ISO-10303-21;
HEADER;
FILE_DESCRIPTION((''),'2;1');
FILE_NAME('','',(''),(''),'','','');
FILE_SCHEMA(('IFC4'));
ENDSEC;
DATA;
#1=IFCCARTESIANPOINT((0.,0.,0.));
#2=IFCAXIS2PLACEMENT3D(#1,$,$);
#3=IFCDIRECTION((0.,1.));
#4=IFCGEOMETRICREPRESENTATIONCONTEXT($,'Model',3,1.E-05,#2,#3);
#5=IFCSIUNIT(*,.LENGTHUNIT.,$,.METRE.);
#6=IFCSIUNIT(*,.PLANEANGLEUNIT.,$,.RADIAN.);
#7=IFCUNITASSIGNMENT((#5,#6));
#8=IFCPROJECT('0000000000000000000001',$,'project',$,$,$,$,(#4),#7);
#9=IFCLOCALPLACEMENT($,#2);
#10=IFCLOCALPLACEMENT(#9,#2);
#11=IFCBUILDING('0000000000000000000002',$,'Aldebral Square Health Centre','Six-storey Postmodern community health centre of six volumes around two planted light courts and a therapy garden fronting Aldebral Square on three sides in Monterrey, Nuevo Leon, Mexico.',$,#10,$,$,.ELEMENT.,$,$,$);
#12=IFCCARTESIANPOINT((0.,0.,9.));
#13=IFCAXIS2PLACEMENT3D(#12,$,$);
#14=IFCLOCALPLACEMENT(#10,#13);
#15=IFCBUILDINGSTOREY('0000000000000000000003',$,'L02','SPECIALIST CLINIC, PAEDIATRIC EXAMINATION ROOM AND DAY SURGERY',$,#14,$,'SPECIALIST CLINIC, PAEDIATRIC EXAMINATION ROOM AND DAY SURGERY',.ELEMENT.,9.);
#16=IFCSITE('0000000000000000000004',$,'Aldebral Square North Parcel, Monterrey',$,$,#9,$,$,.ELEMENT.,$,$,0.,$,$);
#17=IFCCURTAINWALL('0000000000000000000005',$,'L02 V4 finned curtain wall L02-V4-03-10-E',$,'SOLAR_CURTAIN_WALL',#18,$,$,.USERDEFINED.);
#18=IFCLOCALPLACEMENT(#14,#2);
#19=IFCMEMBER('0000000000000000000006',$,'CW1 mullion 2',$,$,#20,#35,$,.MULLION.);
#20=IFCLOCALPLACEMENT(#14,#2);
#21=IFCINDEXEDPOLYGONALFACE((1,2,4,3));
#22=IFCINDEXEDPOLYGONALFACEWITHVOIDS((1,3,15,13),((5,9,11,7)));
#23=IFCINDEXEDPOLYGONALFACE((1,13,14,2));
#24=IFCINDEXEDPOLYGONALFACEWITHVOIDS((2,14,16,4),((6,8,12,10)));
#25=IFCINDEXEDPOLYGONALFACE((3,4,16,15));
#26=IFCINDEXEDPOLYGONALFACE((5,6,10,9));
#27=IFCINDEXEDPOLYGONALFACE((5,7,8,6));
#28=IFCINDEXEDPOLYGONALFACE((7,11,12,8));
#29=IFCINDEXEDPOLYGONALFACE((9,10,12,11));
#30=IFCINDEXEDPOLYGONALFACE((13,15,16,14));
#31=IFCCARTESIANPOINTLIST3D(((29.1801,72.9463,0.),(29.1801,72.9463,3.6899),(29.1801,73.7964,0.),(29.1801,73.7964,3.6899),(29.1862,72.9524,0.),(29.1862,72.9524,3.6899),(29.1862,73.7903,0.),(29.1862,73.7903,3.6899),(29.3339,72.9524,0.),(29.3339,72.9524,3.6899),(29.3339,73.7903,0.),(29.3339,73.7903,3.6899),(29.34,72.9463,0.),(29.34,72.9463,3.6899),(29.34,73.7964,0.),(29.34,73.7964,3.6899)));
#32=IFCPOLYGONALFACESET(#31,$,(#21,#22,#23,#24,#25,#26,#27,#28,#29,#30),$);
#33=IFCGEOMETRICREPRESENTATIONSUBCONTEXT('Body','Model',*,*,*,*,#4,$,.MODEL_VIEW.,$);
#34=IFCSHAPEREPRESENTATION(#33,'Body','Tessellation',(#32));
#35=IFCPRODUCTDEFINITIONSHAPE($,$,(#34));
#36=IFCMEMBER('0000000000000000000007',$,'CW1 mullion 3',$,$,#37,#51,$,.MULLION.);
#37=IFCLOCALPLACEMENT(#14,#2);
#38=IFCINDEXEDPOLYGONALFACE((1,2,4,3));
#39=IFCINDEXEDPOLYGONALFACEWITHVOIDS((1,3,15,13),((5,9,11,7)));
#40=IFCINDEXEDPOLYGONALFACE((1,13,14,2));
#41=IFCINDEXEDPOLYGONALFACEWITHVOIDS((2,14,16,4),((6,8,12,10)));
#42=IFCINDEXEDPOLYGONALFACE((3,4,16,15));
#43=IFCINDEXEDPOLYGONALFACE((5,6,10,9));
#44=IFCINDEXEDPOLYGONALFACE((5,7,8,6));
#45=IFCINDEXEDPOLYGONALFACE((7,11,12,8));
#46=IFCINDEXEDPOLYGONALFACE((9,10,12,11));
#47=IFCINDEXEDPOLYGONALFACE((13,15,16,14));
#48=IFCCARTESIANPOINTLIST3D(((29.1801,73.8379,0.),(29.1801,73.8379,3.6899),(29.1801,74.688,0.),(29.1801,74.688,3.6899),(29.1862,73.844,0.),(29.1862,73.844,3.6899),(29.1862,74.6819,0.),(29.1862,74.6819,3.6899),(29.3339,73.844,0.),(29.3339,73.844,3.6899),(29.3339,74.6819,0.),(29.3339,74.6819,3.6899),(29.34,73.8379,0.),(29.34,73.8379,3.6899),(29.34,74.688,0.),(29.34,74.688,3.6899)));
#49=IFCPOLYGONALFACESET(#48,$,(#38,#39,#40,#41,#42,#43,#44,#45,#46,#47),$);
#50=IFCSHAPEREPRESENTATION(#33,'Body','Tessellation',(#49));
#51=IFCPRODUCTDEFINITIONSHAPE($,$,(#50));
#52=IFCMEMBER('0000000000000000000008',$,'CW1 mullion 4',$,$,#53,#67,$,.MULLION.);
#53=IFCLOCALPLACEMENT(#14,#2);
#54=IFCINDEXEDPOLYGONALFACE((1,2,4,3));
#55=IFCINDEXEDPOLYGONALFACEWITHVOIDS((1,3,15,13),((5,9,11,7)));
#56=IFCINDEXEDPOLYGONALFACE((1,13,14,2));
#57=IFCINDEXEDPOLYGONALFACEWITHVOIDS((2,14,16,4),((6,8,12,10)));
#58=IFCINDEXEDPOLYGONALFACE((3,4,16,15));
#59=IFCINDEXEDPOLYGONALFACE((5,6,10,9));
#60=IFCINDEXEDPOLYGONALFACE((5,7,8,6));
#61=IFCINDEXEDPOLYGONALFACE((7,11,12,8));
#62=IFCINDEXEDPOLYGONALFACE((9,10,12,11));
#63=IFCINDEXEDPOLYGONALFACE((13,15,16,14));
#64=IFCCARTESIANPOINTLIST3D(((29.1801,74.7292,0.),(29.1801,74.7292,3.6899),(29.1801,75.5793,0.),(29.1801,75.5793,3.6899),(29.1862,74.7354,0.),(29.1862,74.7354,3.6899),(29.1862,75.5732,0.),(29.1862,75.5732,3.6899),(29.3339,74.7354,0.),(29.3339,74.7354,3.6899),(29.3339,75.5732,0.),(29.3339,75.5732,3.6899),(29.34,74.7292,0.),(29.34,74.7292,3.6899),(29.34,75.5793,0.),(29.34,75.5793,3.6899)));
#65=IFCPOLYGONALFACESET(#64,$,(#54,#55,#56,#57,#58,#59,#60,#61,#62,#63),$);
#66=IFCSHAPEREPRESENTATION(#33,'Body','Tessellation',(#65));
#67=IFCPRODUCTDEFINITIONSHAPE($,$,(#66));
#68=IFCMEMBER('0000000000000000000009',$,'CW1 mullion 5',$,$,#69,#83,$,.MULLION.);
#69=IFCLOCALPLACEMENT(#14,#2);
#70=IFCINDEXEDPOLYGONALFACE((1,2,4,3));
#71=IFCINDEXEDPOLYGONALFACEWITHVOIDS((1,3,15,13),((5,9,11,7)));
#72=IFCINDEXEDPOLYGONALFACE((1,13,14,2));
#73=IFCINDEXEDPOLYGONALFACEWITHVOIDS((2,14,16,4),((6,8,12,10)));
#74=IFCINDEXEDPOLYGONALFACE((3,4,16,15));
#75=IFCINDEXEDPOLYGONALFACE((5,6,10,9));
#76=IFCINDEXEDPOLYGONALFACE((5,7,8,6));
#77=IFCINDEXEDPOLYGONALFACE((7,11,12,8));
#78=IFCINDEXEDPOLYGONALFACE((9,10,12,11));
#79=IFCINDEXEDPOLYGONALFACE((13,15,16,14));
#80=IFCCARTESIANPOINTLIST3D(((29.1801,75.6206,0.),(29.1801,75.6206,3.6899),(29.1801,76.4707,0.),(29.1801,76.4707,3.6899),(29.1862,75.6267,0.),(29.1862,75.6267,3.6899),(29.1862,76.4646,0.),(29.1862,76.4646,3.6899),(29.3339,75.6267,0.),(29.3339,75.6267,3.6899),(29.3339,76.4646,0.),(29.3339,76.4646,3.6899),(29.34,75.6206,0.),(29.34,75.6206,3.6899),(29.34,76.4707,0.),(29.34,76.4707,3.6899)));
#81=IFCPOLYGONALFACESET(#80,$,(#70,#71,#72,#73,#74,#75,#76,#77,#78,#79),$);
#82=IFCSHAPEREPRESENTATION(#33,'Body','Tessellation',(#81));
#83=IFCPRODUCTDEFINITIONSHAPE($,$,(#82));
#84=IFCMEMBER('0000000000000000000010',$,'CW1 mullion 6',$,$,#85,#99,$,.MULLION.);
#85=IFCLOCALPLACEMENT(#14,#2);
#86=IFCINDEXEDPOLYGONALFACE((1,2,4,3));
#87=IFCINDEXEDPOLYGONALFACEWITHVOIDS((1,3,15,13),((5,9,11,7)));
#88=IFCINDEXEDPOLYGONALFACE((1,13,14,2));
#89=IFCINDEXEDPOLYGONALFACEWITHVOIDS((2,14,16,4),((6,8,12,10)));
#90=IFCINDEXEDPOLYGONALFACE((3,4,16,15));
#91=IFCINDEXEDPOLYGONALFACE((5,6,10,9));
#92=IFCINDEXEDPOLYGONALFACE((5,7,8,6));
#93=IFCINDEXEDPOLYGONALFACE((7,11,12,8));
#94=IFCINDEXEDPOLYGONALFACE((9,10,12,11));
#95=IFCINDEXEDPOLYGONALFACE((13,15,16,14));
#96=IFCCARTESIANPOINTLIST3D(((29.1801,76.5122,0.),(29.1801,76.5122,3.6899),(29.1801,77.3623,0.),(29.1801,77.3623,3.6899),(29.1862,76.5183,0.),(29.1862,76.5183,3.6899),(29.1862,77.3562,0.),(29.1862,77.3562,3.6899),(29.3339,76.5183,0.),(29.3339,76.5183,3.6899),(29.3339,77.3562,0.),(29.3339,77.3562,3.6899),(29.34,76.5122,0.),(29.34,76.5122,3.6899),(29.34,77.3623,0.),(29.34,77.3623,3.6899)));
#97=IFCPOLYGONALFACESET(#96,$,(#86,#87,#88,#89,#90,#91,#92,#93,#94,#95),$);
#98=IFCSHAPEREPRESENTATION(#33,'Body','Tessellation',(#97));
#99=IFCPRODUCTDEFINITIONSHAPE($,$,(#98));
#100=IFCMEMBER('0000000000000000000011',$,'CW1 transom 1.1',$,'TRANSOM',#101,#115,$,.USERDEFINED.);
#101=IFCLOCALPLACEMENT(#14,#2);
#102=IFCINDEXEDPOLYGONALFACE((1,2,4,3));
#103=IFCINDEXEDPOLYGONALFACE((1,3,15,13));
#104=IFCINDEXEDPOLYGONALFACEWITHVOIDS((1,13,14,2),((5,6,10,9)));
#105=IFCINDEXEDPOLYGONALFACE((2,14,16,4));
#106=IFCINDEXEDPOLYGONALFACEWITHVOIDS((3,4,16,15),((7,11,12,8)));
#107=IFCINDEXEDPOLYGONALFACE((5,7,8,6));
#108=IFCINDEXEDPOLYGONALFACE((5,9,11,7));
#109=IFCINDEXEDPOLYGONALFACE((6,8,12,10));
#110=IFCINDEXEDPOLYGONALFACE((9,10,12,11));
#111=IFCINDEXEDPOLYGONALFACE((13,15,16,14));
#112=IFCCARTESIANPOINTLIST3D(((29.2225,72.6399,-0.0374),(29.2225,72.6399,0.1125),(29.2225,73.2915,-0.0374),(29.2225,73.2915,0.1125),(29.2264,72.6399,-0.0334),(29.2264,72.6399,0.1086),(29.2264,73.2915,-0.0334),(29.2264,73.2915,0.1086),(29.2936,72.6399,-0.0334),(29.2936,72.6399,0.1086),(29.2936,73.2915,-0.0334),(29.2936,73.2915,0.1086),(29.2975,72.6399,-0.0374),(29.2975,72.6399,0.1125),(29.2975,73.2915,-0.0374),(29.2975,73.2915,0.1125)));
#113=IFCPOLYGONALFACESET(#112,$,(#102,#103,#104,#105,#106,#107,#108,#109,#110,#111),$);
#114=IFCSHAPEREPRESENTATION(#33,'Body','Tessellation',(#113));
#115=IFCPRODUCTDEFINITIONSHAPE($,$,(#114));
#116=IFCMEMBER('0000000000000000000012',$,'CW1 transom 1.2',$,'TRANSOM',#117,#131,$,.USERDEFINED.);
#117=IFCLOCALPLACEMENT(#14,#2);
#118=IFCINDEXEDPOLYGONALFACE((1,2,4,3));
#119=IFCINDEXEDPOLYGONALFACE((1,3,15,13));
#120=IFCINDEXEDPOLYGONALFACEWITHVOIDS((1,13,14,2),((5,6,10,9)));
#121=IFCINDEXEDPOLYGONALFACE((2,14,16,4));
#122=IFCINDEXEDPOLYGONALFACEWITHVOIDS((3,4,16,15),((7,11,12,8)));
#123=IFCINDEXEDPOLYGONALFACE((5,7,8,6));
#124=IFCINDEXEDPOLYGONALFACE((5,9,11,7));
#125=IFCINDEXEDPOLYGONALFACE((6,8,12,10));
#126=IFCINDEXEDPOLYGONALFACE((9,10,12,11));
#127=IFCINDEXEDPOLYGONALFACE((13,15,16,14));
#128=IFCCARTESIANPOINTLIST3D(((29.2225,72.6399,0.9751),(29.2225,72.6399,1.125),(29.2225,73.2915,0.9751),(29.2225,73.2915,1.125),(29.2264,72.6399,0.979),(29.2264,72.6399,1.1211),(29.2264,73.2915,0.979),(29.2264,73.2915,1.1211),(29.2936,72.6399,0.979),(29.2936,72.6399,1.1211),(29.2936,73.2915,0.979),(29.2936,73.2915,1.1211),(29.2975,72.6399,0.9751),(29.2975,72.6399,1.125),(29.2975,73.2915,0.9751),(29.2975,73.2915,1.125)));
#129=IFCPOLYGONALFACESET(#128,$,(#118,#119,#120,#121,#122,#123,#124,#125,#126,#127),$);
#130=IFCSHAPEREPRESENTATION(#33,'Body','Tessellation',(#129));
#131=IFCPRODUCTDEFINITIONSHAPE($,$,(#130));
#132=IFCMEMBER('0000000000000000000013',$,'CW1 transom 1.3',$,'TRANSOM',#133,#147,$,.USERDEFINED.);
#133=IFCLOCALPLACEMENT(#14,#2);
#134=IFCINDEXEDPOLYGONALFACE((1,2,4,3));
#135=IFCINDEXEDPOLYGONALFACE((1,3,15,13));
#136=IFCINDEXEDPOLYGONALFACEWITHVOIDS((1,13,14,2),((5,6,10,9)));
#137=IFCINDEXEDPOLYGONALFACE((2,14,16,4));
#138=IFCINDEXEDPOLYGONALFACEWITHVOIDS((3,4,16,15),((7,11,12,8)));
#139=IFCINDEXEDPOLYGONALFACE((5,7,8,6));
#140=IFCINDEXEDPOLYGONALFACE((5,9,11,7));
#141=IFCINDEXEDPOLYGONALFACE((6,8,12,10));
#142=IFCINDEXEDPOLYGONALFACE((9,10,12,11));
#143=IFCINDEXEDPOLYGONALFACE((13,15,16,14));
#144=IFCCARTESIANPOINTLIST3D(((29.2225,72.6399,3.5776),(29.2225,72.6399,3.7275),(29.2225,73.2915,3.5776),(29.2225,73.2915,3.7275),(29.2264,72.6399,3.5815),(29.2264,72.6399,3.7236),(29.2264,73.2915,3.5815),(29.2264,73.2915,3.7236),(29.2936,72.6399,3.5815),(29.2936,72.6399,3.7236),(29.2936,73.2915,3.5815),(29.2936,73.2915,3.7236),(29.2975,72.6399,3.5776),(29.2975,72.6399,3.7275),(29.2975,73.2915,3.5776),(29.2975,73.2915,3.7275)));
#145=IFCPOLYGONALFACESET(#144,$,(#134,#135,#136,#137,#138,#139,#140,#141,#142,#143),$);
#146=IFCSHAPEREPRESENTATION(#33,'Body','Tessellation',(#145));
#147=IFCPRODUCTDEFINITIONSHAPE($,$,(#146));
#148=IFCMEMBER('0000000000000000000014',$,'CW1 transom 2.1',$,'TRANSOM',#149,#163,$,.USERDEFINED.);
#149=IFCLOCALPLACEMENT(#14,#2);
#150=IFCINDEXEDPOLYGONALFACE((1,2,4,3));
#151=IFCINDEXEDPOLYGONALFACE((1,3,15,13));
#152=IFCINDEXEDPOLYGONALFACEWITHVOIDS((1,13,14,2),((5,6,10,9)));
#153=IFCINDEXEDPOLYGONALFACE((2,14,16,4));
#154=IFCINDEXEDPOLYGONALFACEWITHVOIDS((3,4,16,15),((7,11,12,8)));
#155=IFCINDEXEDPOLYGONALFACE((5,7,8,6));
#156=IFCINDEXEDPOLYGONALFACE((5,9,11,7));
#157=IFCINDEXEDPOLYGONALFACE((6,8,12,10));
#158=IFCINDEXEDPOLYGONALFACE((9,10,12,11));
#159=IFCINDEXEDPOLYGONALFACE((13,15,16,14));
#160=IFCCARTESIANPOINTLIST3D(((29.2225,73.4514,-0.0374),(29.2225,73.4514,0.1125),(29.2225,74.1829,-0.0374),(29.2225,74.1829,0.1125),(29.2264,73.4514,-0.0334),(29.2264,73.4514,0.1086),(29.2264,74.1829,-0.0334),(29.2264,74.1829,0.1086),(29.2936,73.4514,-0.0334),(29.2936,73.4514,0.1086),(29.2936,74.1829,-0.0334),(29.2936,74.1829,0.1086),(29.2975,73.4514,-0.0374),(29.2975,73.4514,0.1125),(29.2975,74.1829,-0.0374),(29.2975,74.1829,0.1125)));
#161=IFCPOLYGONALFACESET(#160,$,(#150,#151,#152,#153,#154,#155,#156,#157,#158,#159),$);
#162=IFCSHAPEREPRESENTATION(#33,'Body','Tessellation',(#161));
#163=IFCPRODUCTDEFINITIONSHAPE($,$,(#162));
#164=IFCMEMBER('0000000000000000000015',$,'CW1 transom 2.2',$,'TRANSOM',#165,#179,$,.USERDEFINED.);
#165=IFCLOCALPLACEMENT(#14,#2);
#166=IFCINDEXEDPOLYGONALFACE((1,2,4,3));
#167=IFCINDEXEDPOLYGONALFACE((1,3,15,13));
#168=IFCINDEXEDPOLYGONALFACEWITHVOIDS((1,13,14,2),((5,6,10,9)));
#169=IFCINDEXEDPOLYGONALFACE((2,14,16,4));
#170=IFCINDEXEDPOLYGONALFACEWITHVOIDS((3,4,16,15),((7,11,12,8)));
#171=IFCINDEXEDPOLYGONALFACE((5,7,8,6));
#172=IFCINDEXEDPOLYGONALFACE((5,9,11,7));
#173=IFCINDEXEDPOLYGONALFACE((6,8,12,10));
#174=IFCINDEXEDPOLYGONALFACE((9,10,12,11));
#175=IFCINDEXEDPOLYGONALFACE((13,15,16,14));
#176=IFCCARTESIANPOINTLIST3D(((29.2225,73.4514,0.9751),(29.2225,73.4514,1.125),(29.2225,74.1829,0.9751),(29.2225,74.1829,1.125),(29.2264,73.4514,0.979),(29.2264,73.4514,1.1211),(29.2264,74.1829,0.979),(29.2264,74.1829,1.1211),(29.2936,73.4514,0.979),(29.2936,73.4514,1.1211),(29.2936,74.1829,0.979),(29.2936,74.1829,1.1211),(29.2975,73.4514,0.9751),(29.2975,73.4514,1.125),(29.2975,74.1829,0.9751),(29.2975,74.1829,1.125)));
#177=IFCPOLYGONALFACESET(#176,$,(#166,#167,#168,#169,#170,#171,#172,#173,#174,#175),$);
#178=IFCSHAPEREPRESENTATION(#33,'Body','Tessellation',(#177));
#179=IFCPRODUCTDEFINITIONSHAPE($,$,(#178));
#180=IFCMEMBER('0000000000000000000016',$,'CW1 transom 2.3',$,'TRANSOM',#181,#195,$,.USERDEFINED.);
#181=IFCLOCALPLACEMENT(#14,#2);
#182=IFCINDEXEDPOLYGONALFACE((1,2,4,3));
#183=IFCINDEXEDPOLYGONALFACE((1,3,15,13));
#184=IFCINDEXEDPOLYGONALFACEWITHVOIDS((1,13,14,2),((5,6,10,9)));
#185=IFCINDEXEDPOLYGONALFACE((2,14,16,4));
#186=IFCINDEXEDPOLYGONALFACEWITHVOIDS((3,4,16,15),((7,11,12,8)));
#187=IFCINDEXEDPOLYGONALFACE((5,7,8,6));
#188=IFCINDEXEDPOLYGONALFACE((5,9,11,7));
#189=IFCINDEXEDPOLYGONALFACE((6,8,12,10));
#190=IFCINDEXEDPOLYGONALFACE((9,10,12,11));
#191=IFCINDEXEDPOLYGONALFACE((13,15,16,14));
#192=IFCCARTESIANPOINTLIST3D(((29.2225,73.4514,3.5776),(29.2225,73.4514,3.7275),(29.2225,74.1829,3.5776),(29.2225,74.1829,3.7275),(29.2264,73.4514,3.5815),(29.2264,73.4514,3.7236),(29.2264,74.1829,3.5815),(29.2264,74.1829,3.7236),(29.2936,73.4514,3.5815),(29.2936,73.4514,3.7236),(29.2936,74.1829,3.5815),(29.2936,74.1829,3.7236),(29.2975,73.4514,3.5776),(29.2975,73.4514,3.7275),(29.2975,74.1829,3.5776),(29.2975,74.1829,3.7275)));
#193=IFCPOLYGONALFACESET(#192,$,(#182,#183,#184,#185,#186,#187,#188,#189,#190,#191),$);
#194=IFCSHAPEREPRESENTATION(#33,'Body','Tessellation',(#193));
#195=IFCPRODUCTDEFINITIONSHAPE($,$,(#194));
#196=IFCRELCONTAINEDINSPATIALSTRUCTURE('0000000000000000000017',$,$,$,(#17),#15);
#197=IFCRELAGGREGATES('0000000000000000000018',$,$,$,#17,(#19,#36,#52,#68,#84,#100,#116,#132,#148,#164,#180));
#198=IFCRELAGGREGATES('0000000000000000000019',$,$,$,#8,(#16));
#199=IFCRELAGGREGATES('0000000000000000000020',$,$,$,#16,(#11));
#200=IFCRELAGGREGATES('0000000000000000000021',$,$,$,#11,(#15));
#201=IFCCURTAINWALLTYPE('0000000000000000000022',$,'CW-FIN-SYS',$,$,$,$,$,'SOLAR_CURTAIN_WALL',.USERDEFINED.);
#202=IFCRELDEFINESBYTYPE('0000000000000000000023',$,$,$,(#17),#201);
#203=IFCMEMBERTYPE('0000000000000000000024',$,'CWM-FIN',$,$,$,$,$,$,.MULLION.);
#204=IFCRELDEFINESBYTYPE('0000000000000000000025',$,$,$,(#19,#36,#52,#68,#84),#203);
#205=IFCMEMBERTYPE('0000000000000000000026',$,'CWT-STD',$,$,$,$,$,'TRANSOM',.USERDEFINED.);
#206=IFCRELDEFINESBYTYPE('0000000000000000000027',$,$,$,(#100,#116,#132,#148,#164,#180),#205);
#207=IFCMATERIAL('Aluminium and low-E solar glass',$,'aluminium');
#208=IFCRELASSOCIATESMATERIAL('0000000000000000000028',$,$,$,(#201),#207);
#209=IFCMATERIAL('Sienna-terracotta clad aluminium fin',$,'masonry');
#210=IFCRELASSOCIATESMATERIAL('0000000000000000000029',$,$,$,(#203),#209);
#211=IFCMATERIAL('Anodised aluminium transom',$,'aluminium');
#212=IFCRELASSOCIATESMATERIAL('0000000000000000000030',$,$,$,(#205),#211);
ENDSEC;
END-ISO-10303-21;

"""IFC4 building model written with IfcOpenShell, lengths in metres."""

from ifc_helpers import new_model, si_unit, direction, frame, origin, origin_2d, place, context, subcontext, project, spatial, hollow_rectangle, extrude, material, material_profile, profile_set, type_object, element, aggregate, save


model = new_model("IFC4")

# Units and contexts
model_context = context("Model", 3, precision=1e-05, world=origin(), true_north=direction((0.0, 1.0)))
body_context = subcontext(model_context, "Body", "Model", "MODEL_VIEW")
ifc_project = project(units=[si_unit("LENGTHUNIT", "METRE"), si_unit("PLANEANGLEUNIT", "RADIAN")], contexts=[model_context])

# Site, building, storey
site_placement = place(None, origin())
site = spatial("IfcSite", under=ifc_project, at=site_placement, Name="Aldebral Square North Parcel, Monterrey", CompositionType="ELEMENT", RefElevation=0.0)
building_placement = place(site_placement, origin())
building = spatial("IfcBuilding", under=site, at=building_placement, Name="Aldebral Square Health Centre", Description="Six-storey Postmodern community health centre of six volumes around two planted light courts and a therapy garden fronting Aldebral Square on three sides in Monterrey, Nuevo Leon, Mexico.", CompositionType="ELEMENT")
storey_placement = place(building_placement, frame((0.0, 0.0, 9.0)))
storey = spatial("IfcBuildingStorey", under=building, at=storey_placement, Name="L02", Description="SPECIALIST CLINIC, PAEDIATRIC EXAMINATION ROOM AND DAY SURGERY", LongName="SPECIALIST CLINIC, PAEDIATRIC EXAMINATION ROOM AND DAY SURGERY", CompositionType="ELEMENT", Elevation=9.0)

# Curtain wall, members
ifc_material_1 = material(Name="Aluminium and low-E solar glass", Category="aluminium")
curtain_wall_type = type_object("IfcCurtainWallType", Name="CW-FIN-SYS", ElementType="SOLAR_CURTAIN_WALL", PredefinedType="USERDEFINED", material=ifc_material_1)
curtain_wall_placement = place(storey_placement, origin())
curtain_wall = element("IfcCurtainWall", 1, at=curtain_wall_placement, inside=storey, type_object=curtain_wall_type, Name="L02 V4 finned curtain wall L02-V4-03-10-E", ObjectType="SOLAR_CURTAIN_WALL", PredefinedType="USERDEFINED")
ifc_material_2 = material(Name="Sienna-terracotta clad aluminium fin", Category="masonry")
ifc_material_profile_1 = material_profile(ifc_material_2, hollow_rectangle(XDim=0.1599, YDim=0.8501, WallThickness=0.0061, at=origin_2d()), Name="FIN 160x850x6")
ifc_profile_set_1 = profile_set([ifc_material_profile_1], Name="Sienna-terracotta clad aluminium fin")
member_type_1 = type_object("IfcMemberType", Name="CWM-FIN", PredefinedType="MULLION", material=ifc_profile_set_1)
member_1_placement = place(storey_placement, frame((29.26, 73.3713, 0.0), z_axis=(0.0, 0.0, 1.0), x_axis=(-1.0, 0.0, 0.0)))
member_1 = element("IfcMember", 2, at=member_1_placement, type_object=member_type_1, Name="CW1 mullion 2", PredefinedType="MULLION", context=body_context, shape_type="SweptSolid", body=[
    extrude(hollow_rectangle(XDim=0.1599, YDim=0.8501, WallThickness=0.0061, at=origin_2d()), origin(), (0.0, 0.0, 1.0), 3.6899),
])
member_2_placement = place(storey_placement, frame((29.26, 74.2629, 0.0), z_axis=(0.0, 0.0, 1.0), x_axis=(-1.0, 0.0, 0.0)))
member_2 = element("IfcMember", 3, at=member_2_placement, type_object=member_type_1, Name="CW1 mullion 3", PredefinedType="MULLION", context=body_context, shape_type="SweptSolid", body=[
    extrude(hollow_rectangle(XDim=0.1599, YDim=0.8501, WallThickness=0.0061, at=origin_2d()), origin(), (0.0, 0.0, 1.0), 3.6899),
])
member_3_placement = place(storey_placement, frame((29.26, 75.1543, 0.0), z_axis=(0.0, 0.0, 1.0), x_axis=(-1.0, 0.0, 0.0)))
member_3 = element("IfcMember", 4, at=member_3_placement, type_object=member_type_1, Name="CW1 mullion 4", PredefinedType="MULLION", context=body_context, shape_type="SweptSolid", body=[
    extrude(hollow_rectangle(XDim=0.1599, YDim=0.8501, WallThickness=0.0061, at=origin_2d()), origin(), (0.0, 0.0, 1.0), 3.6899),
])
member_4_placement = place(storey_placement, frame((29.26, 76.0457, 0.0), z_axis=(0.0, 0.0, 1.0), x_axis=(-1.0, 0.0, 0.0)))
member_4 = element("IfcMember", 5, at=member_4_placement, type_object=member_type_1, Name="CW1 mullion 5", PredefinedType="MULLION", context=body_context, shape_type="SweptSolid", body=[
    extrude(hollow_rectangle(XDim=0.1599, YDim=0.8501, WallThickness=0.0061, at=origin_2d()), origin(), (0.0, 0.0, 1.0), 3.6899),
])
member_5_placement = place(storey_placement, frame((29.26, 76.9373, 0.0), z_axis=(0.0, 0.0, 1.0), x_axis=(-1.0, 0.0, 0.0)))
member_5 = element("IfcMember", 6, at=member_5_placement, type_object=member_type_1, Name="CW1 mullion 6", PredefinedType="MULLION", context=body_context, shape_type="SweptSolid", body=[
    extrude(hollow_rectangle(XDim=0.1599, YDim=0.8501, WallThickness=0.0061, at=origin_2d()), origin(), (0.0, 0.0, 1.0), 3.6899),
])
ifc_material_3 = material(Name="Anodised aluminium transom", Category="aluminium")
ifc_material_profile_2 = material_profile(ifc_material_3, hollow_rectangle(XDim=0.075, YDim=0.1499, WallThickness=0.0039, at=origin_2d()), Name="CWT 75x150x4")
ifc_profile_set_2 = profile_set([ifc_material_profile_2], Name="Anodised aluminium transom")
member_type_2 = type_object("IfcMemberType", Name="CWT-STD", ElementType="TRANSOM", PredefinedType="USERDEFINED", material=ifc_profile_set_2)
member_6_placement = place(storey_placement, frame((29.26, 72.6399, 0.0376), z_axis=(0.0, 1.0, 0.0), x_axis=(-1.0, 0.0, 0.0)))
member_6 = element("IfcMember", 7, at=member_6_placement, type_object=member_type_2, Name="CW1 transom 1.1", ObjectType="TRANSOM", PredefinedType="USERDEFINED", context=body_context, shape_type="SweptSolid", body=[
    extrude(hollow_rectangle(XDim=0.075, YDim=0.1499, WallThickness=0.0039, at=origin_2d()), origin(), (0.0, 0.0, 1.0), 0.6516),
])
member_7_placement = place(storey_placement, frame((29.26, 72.6399, 1.05), z_axis=(0.0, 1.0, 0.0), x_axis=(-1.0, 0.0, 0.0)))
member_7 = element("IfcMember", 8, at=member_7_placement, type_object=member_type_2, Name="CW1 transom 1.2", ObjectType="TRANSOM", PredefinedType="USERDEFINED", context=body_context, shape_type="SweptSolid", body=[
    extrude(hollow_rectangle(XDim=0.075, YDim=0.1499, WallThickness=0.0039, at=origin_2d()), origin(), (0.0, 0.0, 1.0), 0.6516),
])
member_8_placement = place(storey_placement, frame((29.26, 72.6399, 3.6526), z_axis=(0.0, 1.0, 0.0), x_axis=(-1.0, 0.0, 0.0)))
member_8 = element("IfcMember", 9, at=member_8_placement, type_object=member_type_2, Name="CW1 transom 1.3", ObjectType="TRANSOM", PredefinedType="USERDEFINED", context=body_context, shape_type="SweptSolid", body=[
    extrude(hollow_rectangle(XDim=0.075, YDim=0.1499, WallThickness=0.0039, at=origin_2d()), origin(), (0.0, 0.0, 1.0), 0.6516),
])
member_9_placement = place(storey_placement, frame((29.26, 73.4514, 0.0376), z_axis=(0.0, 1.0, 0.0), x_axis=(-1.0, 0.0, 0.0)))
member_9 = element("IfcMember", 10, at=member_9_placement, type_object=member_type_2, Name="CW1 transom 2.1", ObjectType="TRANSOM", PredefinedType="USERDEFINED", context=body_context, shape_type="SweptSolid", body=[
    extrude(hollow_rectangle(XDim=0.075, YDim=0.1499, WallThickness=0.0039, at=origin_2d()), origin(), (0.0, 0.0, 1.0), 0.7314),
])
member_10_placement = place(storey_placement, frame((29.26, 73.4514, 1.05), z_axis=(0.0, 1.0, 0.0), x_axis=(-1.0, 0.0, 0.0)))
member_10 = element("IfcMember", 11, at=member_10_placement, type_object=member_type_2, Name="CW1 transom 2.2", ObjectType="TRANSOM", PredefinedType="USERDEFINED", context=body_context, shape_type="SweptSolid", body=[
    extrude(hollow_rectangle(XDim=0.075, YDim=0.1499, WallThickness=0.0039, at=origin_2d()), origin(), (0.0, 0.0, 1.0), 0.7314),
])
member_11_placement = place(storey_placement, frame((29.26, 73.4514, 3.6526), z_axis=(0.0, 1.0, 0.0), x_axis=(-1.0, 0.0, 0.0)))
member_11 = element("IfcMember", 12, at=member_11_placement, type_object=member_type_2, Name="CW1 transom 2.3", ObjectType="TRANSOM", PredefinedType="USERDEFINED", context=body_context, shape_type="SweptSolid", body=[
    extrude(hollow_rectangle(XDim=0.075, YDim=0.1499, WallThickness=0.0039, at=origin_2d()), origin(), (0.0, 0.0, 1.0), 0.7314),
])
aggregate(curtain_wall, [member_1, member_2, member_3, member_4, member_5, member_6, member_7, member_8, member_9, member_10, member_11])

save(model, "model.ifc")
